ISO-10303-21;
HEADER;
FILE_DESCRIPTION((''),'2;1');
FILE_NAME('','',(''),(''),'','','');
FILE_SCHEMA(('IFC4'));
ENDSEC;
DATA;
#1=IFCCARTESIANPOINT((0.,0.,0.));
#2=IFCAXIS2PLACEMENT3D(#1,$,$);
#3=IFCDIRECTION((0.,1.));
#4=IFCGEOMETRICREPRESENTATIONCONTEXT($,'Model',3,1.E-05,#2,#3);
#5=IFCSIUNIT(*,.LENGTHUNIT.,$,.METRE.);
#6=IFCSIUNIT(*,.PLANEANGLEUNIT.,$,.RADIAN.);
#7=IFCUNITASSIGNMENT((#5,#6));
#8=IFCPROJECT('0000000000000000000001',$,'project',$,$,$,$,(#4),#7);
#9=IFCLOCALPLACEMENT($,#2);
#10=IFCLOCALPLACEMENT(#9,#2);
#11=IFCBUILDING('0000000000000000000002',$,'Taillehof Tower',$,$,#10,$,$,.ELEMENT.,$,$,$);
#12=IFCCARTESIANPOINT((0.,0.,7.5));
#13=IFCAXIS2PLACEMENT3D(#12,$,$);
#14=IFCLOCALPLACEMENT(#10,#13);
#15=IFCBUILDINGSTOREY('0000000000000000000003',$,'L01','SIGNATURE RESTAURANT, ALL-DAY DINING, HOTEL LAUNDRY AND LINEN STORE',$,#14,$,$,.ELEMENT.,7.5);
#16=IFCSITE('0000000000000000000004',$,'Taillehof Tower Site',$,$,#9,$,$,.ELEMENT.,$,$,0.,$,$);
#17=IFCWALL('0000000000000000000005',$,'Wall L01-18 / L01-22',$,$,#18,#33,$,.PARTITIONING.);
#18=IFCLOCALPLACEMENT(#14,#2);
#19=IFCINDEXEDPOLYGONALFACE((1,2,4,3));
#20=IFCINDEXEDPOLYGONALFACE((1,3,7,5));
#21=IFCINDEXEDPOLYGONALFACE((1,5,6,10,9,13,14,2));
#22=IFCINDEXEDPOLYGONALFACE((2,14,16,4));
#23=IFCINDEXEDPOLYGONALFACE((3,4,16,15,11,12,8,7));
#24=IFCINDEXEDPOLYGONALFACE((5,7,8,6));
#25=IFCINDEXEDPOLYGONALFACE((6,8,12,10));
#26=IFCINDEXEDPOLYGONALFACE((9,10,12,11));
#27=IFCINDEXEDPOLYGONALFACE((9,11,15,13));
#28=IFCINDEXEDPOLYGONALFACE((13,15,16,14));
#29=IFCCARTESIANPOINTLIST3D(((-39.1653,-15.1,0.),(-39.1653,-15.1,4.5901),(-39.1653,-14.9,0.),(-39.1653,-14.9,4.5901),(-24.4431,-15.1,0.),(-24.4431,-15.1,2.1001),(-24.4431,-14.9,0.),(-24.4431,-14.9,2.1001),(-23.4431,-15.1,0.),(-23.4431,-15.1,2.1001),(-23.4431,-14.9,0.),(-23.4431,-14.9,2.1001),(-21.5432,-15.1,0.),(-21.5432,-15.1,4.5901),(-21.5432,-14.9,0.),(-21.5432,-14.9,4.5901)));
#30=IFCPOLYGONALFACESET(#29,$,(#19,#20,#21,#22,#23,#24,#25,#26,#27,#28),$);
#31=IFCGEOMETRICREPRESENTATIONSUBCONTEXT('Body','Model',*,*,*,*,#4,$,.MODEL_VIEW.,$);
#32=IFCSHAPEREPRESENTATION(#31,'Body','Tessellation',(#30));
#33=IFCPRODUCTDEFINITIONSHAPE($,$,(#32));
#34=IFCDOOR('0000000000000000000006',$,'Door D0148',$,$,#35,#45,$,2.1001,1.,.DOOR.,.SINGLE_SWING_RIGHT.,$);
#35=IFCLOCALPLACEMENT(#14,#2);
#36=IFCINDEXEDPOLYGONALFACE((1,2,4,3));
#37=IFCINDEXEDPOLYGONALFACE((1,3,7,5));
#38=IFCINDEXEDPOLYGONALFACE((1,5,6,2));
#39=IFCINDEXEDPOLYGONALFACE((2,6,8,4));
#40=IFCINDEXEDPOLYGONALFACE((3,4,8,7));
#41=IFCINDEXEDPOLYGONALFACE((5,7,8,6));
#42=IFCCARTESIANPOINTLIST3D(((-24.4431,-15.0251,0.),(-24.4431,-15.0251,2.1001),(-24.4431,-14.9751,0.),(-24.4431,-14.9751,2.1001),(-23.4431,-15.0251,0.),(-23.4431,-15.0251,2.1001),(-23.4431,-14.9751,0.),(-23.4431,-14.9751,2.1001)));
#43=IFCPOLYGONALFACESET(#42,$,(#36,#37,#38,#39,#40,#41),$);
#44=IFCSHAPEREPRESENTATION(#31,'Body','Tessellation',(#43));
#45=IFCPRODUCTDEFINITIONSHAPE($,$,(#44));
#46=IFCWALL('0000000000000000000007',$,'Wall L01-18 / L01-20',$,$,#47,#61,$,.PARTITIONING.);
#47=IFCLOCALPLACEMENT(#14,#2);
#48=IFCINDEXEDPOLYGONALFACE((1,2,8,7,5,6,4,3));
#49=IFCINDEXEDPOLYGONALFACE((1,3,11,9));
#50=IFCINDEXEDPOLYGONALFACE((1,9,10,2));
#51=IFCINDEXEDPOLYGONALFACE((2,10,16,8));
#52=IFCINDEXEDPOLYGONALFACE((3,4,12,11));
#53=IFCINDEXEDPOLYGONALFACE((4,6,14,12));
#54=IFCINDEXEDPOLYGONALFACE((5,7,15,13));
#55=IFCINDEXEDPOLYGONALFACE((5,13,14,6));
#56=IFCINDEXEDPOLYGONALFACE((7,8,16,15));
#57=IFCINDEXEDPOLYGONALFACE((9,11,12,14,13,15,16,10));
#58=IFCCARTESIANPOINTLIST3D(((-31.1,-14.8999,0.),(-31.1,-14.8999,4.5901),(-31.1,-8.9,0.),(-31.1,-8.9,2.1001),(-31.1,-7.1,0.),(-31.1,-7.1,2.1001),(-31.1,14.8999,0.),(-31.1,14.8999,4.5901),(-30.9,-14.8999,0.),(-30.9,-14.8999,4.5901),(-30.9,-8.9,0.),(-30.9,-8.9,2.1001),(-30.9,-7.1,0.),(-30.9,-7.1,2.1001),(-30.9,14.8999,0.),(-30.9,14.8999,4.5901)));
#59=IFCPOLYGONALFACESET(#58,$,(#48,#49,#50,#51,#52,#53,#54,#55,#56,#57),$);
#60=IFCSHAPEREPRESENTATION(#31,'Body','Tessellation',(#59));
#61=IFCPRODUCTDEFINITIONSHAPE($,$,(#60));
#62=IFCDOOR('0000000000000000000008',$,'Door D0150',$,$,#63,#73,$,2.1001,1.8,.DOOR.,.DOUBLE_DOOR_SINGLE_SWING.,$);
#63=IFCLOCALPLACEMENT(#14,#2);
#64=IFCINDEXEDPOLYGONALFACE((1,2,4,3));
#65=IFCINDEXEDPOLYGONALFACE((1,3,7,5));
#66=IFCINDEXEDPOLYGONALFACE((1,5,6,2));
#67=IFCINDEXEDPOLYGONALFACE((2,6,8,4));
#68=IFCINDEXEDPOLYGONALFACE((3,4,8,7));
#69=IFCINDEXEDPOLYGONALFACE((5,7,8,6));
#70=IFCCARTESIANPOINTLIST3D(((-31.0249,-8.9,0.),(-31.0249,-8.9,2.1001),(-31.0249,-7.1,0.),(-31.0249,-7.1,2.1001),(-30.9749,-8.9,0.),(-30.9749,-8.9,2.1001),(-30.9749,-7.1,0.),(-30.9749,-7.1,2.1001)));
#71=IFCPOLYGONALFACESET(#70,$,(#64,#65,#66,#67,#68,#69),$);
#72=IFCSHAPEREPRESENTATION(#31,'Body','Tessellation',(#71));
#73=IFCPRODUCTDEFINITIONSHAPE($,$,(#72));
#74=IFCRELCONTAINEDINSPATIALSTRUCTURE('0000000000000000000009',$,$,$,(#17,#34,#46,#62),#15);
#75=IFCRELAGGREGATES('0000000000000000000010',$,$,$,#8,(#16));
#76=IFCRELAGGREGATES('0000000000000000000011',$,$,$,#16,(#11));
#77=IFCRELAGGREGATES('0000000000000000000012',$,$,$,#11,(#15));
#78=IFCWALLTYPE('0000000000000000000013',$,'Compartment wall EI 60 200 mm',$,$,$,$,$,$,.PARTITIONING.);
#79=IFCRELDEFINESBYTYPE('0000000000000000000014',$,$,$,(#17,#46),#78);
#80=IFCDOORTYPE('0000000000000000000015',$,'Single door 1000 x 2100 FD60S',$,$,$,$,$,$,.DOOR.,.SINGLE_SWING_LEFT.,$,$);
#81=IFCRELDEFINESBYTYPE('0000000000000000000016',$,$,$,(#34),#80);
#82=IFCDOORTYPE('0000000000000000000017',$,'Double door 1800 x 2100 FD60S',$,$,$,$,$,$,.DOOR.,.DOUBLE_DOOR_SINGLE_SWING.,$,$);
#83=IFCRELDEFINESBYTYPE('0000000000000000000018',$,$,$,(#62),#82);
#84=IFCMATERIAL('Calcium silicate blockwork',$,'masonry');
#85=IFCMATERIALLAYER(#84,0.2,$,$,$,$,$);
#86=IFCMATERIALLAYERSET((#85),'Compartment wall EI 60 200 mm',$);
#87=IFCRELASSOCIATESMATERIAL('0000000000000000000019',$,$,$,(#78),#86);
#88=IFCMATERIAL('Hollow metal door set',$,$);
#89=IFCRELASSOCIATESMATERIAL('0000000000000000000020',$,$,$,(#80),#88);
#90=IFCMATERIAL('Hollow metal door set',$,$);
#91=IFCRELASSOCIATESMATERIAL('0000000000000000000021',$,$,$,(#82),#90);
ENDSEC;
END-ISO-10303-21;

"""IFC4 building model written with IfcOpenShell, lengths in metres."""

from ifc_helpers import new_model, si_unit, direction, frame, frame_2d, origin, place, context, subcontext, project, spatial, rectangle, extrude, material, layer, layer_set, type_object, element, fill, save


model = new_model("IFC4")

# Units and contexts
model_context = context("Model", 3, precision=1e-05, world=origin(), true_north=direction((0.0, 1.0)))
body_context = subcontext(model_context, "Body", "Model", "MODEL_VIEW")
ifc_project = project(units=[si_unit("LENGTHUNIT", "METRE"), si_unit("PLANEANGLEUNIT", "RADIAN")], contexts=[model_context])

# Site, building, storey
site_placement = place(None, origin())
site = spatial("IfcSite", under=ifc_project, at=site_placement, Name="Taillehof Tower Site", CompositionType="ELEMENT", RefElevation=0.0)
building_placement = place(site_placement, origin())
building = spatial("IfcBuilding", under=site, at=building_placement, Name="Taillehof Tower", CompositionType="ELEMENT")
storey_placement = place(building_placement, frame((0.0, 0.0, 7.5)))
storey = spatial("IfcBuildingStorey", under=building, at=storey_placement, Name="L01", Description="SIGNATURE RESTAURANT, ALL-DAY DINING, HOTEL LAUNDRY AND LINEN STORE", CompositionType="ELEMENT", Elevation=7.5)

# Walls, openings, doors
ifc_material_1 = material(Name="Calcium silicate blockwork", Category="masonry")
ifc_layer_1 = layer(ifc_material_1, 0.2)
ifc_layer_set_1 = layer_set([ifc_layer_1], Name="Compartment wall EI 60 200 mm")
wall_type = type_object("IfcWallType", Name="Compartment wall EI 60 200 mm", PredefinedType="PARTITIONING", material=ifc_layer_set_1)
wall_1_placement = place(storey_placement, frame((-39.1653, -15.0, 0.0), z_axis=(0.0, 0.0, 1.0), x_axis=(1.0, 0.0, 0.0)))
wall_1 = element("IfcWall", 1, at=wall_1_placement, inside=storey, type_object=wall_type, Name="Wall L01-18 / L01-22", PredefinedType="PARTITIONING", context=body_context, shape_type="SweptSolid", body=[
    extrude(rectangle(XDim=17.6221, YDim=0.2, at=frame_2d((8.811, 0.0))), origin(), (0.0, 0.0, 1.0), 4.5901),
])
opening_1_placement = place(wall_1_placement, frame((14.7222, 0.0, 0.0)))
opening_1 = element("IfcOpeningElement", 2, at=opening_1_placement, cuts=wall_1, PredefinedType="OPENING", context=body_context, shape_type="SweptSolid", body=[
    extrude(rectangle(XDim=1.0, YDim=2.1001, at=frame_2d((0.5, 1.05))), frame((0.0, 0.1099, 0.0), z_axis=(0.0, -1.0, 0.0), x_axis=(1.0, 0.0, 0.0)), (0.0, 0.0, 1.0), 0.22),
])
ifc_material_2 = material(Name="Hollow metal door set")
door_type_1 = type_object("IfcDoorType", Name="Single door 1000 x 2100 FD60S", OperationType="SINGLE_SWING_LEFT", PredefinedType="DOOR", material=ifc_material_2)
door_1_placement = place(opening_1_placement, origin())
door_1 = element("IfcDoor", 3, at=door_1_placement, inside=storey, type_object=door_type_1, Name="Door D0148", OperationType="SINGLE_SWING_RIGHT", OverallHeight=2.1001, OverallWidth=1.0, PredefinedType="DOOR", context=body_context, shape_type="SweptSolid", body=[
    extrude(rectangle(XDim=1.0, YDim=2.1001, at=frame_2d((0.5, 1.05))), frame((0.0, 0.0249, 0.0), z_axis=(0.0, -1.0, 0.0), x_axis=(1.0, 0.0, 0.0)), (0.0, 0.0, 1.0), 0.05),
])
fill(opening_1, door_1)
wall_2_placement = place(storey_placement, frame((-31.0, -14.8999, 0.0), z_axis=(0.0, 0.0, 1.0), x_axis=(0.0, 1.0, 0.0)))
wall_2 = element("IfcWall", 4, at=wall_2_placement, inside=storey, type_object=wall_type, Name="Wall L01-18 / L01-20", PredefinedType="PARTITIONING", context=body_context, shape_type="SweptSolid", body=[
    extrude(rectangle(XDim=29.7998, YDim=0.2, at=frame_2d((14.8999, 0.0))), origin(), (0.0, 0.0, 1.0), 4.5901),
])
opening_2_placement = place(wall_2_placement, frame((6.0, 0.0, 0.0)))
opening_2 = element("IfcOpeningElement", 5, at=opening_2_placement, cuts=wall_2, PredefinedType="OPENING", context=body_context, shape_type="SweptSolid", body=[
    extrude(rectangle(XDim=1.8, YDim=2.1001, at=frame_2d((0.8999, 1.05))), frame((0.0, 0.1099, 0.0), z_axis=(0.0, -1.0, 0.0), x_axis=(1.0, 0.0, 0.0)), (0.0, 0.0, 1.0), 0.22),
])
ifc_material_3 = material(Name="Hollow metal door set")
door_type_2 = type_object("IfcDoorType", Name="Double door 1800 x 2100 FD60S", OperationType="DOUBLE_DOOR_SINGLE_SWING", PredefinedType="DOOR", material=ifc_material_3)
door_2_placement = place(opening_2_placement, origin())
door_2 = element("IfcDoor", 6, at=door_2_placement, inside=storey, type_object=door_type_2, Name="Door D0150", OperationType="DOUBLE_DOOR_SINGLE_SWING", OverallHeight=2.1001, OverallWidth=1.8, PredefinedType="DOOR", context=body_context, shape_type="SweptSolid", body=[
    extrude(rectangle(XDim=1.8, YDim=2.1001, at=frame_2d((0.8999, 1.05))), frame((0.0, 0.0249, 0.0), z_axis=(0.0, -1.0, 0.0), x_axis=(1.0, 0.0, 0.0)), (0.0, 0.0, 1.0), 0.05),
])
fill(opening_2, door_2)

save(model, "model.ifc")
